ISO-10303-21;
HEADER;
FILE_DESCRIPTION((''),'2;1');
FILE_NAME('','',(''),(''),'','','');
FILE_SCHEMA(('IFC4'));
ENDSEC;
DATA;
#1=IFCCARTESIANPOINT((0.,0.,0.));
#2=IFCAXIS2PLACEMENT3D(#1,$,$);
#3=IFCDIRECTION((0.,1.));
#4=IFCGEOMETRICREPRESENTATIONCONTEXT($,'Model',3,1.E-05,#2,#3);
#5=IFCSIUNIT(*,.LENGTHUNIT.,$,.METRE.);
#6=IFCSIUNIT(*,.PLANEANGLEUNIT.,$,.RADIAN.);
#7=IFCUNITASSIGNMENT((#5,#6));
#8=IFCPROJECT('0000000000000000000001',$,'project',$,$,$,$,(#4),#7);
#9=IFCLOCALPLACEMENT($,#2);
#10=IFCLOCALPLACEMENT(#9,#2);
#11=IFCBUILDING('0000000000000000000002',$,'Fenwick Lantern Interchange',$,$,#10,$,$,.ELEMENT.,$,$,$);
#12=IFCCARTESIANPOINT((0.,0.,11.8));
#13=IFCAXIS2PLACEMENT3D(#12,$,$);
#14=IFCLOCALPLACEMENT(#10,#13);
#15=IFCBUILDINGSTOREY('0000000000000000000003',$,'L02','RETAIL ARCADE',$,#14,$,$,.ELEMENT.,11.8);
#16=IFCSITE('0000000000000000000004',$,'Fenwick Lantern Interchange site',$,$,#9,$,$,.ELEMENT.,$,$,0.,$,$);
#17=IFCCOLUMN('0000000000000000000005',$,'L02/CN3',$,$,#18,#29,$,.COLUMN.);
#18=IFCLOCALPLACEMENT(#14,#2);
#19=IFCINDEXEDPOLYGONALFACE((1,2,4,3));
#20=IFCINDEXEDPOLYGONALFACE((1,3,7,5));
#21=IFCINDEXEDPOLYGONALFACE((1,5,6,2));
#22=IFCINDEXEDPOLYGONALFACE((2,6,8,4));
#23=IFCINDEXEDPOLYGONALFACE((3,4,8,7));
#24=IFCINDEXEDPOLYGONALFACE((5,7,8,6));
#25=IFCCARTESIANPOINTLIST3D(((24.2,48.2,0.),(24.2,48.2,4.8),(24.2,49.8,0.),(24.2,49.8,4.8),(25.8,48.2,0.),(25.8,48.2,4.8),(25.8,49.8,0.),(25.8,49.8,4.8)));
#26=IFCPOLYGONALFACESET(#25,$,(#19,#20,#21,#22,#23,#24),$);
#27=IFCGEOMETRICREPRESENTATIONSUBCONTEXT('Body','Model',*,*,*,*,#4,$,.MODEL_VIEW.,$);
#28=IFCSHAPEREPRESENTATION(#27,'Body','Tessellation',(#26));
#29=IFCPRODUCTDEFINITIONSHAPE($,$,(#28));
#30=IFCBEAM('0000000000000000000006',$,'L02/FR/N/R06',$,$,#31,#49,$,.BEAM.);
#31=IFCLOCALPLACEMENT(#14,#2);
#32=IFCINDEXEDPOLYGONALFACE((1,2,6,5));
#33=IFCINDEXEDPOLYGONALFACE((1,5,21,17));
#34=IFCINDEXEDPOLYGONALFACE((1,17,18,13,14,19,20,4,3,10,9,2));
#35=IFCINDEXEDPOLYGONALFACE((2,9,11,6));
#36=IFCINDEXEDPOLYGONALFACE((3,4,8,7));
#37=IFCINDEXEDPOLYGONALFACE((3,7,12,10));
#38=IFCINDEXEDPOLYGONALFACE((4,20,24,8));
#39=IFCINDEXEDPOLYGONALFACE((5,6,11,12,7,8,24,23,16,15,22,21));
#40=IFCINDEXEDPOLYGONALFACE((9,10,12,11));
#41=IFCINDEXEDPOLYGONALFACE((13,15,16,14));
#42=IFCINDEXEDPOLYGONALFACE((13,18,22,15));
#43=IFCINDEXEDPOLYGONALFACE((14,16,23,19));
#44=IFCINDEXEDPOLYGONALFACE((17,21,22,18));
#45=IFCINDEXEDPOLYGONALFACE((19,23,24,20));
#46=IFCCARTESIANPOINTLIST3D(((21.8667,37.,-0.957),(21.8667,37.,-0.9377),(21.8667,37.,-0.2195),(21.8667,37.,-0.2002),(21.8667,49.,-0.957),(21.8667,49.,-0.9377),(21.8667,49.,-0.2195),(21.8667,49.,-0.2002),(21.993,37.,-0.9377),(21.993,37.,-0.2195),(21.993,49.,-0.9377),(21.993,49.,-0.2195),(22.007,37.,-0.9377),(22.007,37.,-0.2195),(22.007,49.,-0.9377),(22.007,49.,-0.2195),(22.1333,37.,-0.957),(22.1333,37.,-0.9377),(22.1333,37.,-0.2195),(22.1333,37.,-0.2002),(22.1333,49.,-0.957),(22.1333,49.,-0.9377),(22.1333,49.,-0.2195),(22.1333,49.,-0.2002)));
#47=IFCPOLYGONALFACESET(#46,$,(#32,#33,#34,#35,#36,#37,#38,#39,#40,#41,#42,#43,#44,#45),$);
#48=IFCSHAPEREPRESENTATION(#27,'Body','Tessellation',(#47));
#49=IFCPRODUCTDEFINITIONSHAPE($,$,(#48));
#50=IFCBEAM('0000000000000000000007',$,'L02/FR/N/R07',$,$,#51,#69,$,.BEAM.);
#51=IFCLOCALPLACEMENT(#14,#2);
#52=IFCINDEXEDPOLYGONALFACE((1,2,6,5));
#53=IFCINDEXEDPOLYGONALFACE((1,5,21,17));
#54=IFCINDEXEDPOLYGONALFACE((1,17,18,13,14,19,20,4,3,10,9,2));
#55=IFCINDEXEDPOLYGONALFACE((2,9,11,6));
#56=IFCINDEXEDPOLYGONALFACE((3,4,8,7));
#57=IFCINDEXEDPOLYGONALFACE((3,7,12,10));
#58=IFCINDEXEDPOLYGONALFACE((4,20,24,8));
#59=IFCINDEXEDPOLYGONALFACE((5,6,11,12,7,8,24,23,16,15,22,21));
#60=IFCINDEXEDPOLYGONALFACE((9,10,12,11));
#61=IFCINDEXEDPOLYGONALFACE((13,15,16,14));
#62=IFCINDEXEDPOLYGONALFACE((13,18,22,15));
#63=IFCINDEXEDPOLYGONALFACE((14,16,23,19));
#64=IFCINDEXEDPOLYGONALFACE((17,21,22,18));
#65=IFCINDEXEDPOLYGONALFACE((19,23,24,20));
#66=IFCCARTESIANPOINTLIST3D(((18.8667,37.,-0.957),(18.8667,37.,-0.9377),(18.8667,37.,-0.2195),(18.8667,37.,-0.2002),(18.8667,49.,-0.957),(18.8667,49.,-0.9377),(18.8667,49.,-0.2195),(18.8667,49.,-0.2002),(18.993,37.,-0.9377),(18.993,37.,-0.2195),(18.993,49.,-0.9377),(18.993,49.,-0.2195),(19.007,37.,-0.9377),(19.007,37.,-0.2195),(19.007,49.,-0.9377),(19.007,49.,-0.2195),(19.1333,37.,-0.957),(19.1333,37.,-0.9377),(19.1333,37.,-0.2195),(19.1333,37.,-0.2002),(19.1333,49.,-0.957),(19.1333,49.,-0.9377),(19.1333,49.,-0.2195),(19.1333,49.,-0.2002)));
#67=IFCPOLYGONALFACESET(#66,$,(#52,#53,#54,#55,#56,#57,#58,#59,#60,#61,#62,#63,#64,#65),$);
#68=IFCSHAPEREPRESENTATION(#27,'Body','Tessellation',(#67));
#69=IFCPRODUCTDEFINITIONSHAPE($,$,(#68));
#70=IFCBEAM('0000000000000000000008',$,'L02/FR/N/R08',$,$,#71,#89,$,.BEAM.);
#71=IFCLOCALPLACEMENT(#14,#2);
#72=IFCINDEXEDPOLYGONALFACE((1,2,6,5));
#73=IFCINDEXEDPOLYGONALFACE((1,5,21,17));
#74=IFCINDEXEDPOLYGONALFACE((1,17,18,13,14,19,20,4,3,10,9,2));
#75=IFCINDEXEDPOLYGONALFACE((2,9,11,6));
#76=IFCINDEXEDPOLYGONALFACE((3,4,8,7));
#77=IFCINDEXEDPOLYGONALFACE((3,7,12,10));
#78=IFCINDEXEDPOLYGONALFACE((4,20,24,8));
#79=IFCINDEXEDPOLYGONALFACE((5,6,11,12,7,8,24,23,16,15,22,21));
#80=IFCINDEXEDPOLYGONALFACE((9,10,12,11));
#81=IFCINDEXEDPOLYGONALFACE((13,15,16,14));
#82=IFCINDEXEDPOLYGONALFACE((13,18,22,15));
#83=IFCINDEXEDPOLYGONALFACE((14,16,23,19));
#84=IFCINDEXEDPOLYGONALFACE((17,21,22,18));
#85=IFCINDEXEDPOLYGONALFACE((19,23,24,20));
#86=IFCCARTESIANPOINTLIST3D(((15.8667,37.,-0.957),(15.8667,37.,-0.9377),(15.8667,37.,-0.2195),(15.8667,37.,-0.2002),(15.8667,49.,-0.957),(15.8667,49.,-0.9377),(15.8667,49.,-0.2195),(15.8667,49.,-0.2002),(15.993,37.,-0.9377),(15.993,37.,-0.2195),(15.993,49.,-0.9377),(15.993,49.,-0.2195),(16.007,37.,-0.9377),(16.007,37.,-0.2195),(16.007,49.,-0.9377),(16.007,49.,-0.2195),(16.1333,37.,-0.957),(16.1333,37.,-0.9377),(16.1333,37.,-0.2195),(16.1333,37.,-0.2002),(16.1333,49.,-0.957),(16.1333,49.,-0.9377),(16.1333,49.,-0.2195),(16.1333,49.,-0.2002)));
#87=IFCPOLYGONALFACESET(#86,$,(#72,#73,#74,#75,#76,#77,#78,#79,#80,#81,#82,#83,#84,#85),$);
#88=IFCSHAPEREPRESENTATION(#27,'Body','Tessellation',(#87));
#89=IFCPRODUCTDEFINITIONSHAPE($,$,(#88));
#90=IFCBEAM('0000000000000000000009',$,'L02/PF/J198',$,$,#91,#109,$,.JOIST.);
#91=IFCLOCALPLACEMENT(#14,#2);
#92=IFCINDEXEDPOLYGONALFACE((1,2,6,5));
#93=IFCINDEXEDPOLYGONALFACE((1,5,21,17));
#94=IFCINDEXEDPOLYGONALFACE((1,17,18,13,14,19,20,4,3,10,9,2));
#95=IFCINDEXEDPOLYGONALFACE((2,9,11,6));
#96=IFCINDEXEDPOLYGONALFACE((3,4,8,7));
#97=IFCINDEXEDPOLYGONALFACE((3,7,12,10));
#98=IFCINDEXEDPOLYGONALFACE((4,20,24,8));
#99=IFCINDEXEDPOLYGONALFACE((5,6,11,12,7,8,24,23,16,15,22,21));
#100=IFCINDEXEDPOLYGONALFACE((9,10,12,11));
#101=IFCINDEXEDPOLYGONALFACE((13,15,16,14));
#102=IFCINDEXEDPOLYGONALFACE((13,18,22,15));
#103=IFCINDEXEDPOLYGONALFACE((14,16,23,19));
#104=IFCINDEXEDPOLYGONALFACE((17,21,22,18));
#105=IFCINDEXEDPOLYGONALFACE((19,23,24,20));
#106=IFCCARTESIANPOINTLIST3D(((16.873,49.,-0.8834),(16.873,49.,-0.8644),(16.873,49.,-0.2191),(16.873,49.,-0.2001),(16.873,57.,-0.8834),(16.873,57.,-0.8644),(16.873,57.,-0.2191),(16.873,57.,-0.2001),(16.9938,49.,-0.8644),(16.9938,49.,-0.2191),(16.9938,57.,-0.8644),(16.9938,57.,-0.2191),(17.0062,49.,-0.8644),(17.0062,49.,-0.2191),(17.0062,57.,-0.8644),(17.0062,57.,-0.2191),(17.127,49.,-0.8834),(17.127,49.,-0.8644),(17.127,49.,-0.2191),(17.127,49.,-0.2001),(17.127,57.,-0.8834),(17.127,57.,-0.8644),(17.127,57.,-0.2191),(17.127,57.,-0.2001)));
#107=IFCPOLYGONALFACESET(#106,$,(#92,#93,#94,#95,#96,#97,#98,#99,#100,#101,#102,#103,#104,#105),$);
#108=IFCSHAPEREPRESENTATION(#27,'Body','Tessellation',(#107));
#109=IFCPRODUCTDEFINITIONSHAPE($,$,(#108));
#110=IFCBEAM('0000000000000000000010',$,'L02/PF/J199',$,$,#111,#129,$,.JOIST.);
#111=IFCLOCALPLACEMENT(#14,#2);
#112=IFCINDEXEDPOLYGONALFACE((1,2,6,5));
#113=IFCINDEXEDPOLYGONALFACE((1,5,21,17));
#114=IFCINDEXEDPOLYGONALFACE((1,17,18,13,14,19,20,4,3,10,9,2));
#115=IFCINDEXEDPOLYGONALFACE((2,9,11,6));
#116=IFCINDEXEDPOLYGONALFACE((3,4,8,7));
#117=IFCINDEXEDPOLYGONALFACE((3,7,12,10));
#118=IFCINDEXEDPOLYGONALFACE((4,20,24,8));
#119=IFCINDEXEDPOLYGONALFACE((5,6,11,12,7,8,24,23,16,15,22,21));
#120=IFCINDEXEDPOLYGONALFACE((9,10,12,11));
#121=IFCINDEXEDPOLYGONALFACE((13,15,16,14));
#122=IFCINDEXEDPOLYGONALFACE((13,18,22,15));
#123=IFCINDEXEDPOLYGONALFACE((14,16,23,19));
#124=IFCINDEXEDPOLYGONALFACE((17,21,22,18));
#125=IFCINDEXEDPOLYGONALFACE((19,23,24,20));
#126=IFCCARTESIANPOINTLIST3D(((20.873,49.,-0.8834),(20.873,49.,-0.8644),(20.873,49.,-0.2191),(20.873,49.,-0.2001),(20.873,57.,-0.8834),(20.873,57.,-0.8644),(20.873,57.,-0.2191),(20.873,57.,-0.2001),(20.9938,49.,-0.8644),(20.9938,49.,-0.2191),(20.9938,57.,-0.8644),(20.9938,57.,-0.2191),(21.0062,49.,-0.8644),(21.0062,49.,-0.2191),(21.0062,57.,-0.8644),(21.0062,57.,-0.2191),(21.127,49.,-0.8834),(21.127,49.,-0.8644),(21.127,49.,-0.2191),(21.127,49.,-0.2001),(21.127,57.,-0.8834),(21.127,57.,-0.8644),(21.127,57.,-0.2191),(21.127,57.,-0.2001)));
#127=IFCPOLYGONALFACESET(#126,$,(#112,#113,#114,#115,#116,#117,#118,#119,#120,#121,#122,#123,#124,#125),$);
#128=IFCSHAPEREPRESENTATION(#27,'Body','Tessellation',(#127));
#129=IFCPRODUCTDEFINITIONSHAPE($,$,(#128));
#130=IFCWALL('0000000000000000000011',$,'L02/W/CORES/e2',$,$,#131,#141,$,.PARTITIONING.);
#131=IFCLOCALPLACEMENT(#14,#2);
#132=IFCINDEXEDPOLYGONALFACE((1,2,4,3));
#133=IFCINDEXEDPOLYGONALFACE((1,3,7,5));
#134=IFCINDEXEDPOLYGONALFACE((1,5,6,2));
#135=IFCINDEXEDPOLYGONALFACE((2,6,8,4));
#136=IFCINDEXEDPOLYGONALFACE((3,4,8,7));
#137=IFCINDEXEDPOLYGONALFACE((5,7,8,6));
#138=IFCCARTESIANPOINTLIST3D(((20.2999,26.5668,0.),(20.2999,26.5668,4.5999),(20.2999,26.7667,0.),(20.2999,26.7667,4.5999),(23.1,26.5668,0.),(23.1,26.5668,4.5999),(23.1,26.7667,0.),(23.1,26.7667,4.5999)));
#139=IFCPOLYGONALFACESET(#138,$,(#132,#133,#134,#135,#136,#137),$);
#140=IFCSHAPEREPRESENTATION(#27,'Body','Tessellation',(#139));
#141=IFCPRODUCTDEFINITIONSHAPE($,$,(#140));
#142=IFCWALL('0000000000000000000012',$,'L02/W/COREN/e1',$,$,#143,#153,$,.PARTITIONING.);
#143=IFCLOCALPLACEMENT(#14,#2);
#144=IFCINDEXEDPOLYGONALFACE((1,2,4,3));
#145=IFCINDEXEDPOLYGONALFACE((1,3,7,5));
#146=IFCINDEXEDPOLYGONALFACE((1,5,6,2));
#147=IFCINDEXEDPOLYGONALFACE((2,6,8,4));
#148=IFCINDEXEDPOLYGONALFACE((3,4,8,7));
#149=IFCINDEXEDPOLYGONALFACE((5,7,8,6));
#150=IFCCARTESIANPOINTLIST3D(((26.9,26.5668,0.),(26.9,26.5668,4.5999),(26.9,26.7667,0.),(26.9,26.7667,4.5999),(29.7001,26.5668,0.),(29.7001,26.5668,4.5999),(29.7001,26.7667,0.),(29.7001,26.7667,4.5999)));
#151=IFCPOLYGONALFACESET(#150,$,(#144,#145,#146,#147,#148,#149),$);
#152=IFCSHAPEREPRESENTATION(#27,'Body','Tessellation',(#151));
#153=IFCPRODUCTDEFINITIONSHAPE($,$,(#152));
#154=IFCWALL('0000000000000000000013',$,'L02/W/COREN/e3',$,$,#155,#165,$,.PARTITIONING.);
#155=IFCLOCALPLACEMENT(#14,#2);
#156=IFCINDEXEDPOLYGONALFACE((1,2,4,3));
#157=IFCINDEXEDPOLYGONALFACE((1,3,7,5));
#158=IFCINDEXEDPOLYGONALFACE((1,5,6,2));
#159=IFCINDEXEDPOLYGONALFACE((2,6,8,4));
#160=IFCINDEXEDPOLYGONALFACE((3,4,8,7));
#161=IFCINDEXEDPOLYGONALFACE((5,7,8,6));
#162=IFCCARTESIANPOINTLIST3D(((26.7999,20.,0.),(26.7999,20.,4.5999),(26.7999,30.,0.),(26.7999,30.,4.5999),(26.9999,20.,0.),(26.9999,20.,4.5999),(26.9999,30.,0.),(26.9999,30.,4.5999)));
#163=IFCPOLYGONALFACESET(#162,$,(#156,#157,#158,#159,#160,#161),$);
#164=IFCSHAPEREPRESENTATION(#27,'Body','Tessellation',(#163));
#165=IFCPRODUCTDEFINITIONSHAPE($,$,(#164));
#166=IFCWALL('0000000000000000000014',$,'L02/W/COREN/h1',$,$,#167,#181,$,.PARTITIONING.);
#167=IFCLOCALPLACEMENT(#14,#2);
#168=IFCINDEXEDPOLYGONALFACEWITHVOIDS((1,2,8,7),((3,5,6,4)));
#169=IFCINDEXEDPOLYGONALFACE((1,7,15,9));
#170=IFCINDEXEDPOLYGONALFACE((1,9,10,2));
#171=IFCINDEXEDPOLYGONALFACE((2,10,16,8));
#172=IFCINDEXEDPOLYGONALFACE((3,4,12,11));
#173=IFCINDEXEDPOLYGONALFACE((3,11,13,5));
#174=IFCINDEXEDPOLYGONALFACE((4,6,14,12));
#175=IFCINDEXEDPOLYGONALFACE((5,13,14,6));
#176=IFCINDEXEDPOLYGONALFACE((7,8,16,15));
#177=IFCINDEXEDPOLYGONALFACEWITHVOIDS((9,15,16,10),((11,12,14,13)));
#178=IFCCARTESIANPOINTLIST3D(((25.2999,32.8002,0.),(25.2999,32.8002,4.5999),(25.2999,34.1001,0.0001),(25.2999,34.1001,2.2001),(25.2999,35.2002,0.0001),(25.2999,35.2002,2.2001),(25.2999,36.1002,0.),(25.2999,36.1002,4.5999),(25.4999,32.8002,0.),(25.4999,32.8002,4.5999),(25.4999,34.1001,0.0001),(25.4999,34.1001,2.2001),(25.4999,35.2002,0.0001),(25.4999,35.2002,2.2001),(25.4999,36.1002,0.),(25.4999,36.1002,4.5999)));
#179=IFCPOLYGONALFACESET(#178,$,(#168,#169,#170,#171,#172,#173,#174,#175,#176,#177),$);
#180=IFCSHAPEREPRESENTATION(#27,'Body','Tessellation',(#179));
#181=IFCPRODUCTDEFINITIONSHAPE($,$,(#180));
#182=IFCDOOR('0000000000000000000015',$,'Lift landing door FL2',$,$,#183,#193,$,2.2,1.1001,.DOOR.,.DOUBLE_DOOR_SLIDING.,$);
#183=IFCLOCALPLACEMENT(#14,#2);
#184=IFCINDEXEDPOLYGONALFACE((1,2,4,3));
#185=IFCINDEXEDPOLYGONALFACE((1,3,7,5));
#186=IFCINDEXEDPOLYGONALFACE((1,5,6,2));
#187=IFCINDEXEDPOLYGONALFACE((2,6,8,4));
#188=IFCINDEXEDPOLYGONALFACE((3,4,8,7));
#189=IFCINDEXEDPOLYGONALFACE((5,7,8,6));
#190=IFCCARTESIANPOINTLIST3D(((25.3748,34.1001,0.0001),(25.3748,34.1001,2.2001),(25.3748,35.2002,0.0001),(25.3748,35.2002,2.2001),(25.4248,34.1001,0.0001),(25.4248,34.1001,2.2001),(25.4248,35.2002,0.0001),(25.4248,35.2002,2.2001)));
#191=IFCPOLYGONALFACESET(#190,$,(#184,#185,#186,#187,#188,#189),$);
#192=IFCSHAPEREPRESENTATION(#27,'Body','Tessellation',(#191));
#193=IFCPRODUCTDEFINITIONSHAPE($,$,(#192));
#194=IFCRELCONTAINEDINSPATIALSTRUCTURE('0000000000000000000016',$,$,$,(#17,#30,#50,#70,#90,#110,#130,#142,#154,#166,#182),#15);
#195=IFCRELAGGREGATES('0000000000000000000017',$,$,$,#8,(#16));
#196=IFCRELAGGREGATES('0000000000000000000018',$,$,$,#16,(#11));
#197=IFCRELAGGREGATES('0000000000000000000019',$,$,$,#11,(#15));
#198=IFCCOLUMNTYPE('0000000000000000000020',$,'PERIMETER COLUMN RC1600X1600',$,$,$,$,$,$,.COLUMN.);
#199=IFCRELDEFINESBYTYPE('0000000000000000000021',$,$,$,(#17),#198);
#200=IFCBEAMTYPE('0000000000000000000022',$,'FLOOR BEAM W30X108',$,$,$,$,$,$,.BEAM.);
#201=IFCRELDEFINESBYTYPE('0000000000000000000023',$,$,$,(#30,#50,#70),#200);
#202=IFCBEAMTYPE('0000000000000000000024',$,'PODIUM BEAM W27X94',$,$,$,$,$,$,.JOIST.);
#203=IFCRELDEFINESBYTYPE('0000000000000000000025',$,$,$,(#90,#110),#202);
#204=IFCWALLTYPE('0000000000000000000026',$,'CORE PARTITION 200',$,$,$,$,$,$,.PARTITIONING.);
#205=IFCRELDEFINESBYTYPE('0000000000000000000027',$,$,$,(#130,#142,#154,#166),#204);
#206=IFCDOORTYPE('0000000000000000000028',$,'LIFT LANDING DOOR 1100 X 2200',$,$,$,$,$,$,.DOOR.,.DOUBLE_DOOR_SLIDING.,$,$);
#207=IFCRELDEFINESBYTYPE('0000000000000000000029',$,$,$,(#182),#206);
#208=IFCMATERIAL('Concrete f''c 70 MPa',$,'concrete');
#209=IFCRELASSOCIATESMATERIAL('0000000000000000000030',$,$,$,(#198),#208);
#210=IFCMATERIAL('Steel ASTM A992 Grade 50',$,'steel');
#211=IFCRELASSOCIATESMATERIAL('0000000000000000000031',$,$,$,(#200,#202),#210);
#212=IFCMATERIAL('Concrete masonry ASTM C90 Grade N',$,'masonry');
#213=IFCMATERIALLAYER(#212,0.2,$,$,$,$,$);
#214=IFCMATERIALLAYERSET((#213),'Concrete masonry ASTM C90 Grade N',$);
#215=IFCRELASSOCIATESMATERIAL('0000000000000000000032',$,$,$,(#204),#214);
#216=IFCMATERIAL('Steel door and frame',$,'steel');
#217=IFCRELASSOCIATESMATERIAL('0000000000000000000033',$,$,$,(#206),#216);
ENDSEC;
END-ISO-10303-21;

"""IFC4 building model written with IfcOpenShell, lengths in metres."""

from ifc_helpers import new_model, si_unit, direction, frame, frame_2d, origin, origin_2d, place, context, subcontext, project, spatial, rectangle, i_section, extrude, material, layer, layer_set, material_profile, profile_set, type_object, element, fill, save


model = new_model("IFC4")

# Units and contexts
model_context = context("Model", 3, precision=1e-05, world=origin(), true_north=direction((0.0, 1.0)))
body_context = subcontext(model_context, "Body", "Model", "MODEL_VIEW")
ifc_project = project(units=[si_unit("LENGTHUNIT", "METRE"), si_unit("PLANEANGLEUNIT", "RADIAN")], contexts=[model_context])

# Site, building, storey
site_placement = place(None, origin())
site = spatial("IfcSite", under=ifc_project, at=site_placement, Name="Fenwick Lantern Interchange site", CompositionType="ELEMENT", RefElevation=0.0)
building_placement = place(site_placement, origin())
building = spatial("IfcBuilding", under=site, at=building_placement, Name="Fenwick Lantern Interchange", CompositionType="ELEMENT")
storey_placement = place(building_placement, frame((0.0, 0.0, 11.8)))
storey = spatial("IfcBuildingStorey", under=building, at=storey_placement, Name="L02", Description="RETAIL ARCADE", CompositionType="ELEMENT", Elevation=11.8)

# Column
ifc_material_1 = material(Name="Concrete f'c 70 MPa", Category="concrete")
ifc_material_profile_1 = material_profile(ifc_material_1, rectangle(XDim=1.6001, YDim=1.6001, at=origin_2d()), Name="RC1600X1600")
ifc_profile_set_1 = profile_set([ifc_material_profile_1], Name="Concrete f'c 70 MPa")
column_type = type_object("IfcColumnType", Name="PERIMETER COLUMN RC1600X1600", PredefinedType="COLUMN", material=ifc_profile_set_1)
column_placement = place(storey_placement, frame((25.0, 49.0, 0.0), z_axis=(0.0, 0.0, 1.0), x_axis=(1.0, 0.0, 0.0)))
element("IfcColumn", 1, at=column_placement, inside=storey, type_object=column_type, Name="L02/CN3", PredefinedType="COLUMN", context=body_context, shape_type="SweptSolid", body=[
    extrude(rectangle(XDim=1.6001, YDim=1.6001, at=origin_2d()), origin(), (0.0, 0.0, 1.0), 4.8),
])

# Beams
ifc_material_2 = material(Name="Steel ASTM A992 Grade 50", Category="steel")
ifc_material_profile_2 = material_profile(ifc_material_2, i_section(OverallWidth=0.2666, OverallDepth=0.7568, WebThickness=0.0139, FlangeThickness=0.0193, at=origin_2d()), Name="W30X108")
ifc_profile_set_2 = profile_set([ifc_material_profile_2], Name="Steel ASTM A992 Grade 50")
beam_type_1 = type_object("IfcBeamType", Name="FLOOR BEAM W30X108", PredefinedType="BEAM", material=ifc_profile_set_2)
for number, where, z_axis, x_axis, name in (
    (2, (22.0, 49.0, -0.5786), (0.0, -1.0, 0.0), (1.0, 0.0, 0.0), "L02/FR/N/R06"),
    (3, (19.0, 49.0, -0.5786), (0.0, -1.0, 0.0), (1.0, 0.0, 0.0), "L02/FR/N/R07"),
    (4, (16.0, 49.0, -0.5786), (0.0, -1.0, 0.0), (1.0, 0.0, 0.0), "L02/FR/N/R08"),
):
    element("IfcBeam", number, at=place(storey_placement, frame(where, z_axis=z_axis, x_axis=x_axis)), inside=storey, type_object=beam_type_1, Name=name, PredefinedType="BEAM", context=body_context, shape_type="SweptSolid", body=[
        extrude(i_section(OverallWidth=0.2666, OverallDepth=0.7568, WebThickness=0.0139, FlangeThickness=0.0193, at=origin_2d()), origin(), (0.0, 0.0, 1.0), 12.0),
    ])
ifc_material_profile_3 = material_profile(ifc_material_2, i_section(OverallWidth=0.2539, OverallDepth=0.6833, WebThickness=0.0125, FlangeThickness=0.019, at=origin_2d()), Name="W27X94")
ifc_profile_set_3 = profile_set([ifc_material_profile_3], Name="Steel ASTM A992 Grade 50")
beam_type_2 = type_object("IfcBeamType", Name="PODIUM BEAM W27X94", PredefinedType="JOIST", material=ifc_profile_set_3)
for number, where, z_axis, x_axis, name in (
    (5, (17.0, 49.0, -0.5417), (0.0, 1.0, 0.0), (-1.0, 0.0, 0.0), "L02/PF/J198"),
    (6, (21.0, 49.0, -0.5417), (0.0, 1.0, 0.0), (-1.0, 0.0, 0.0), "L02/PF/J199"),
):
    element("IfcBeam", number, at=place(storey_placement, frame(where, z_axis=z_axis, x_axis=x_axis)), inside=storey, type_object=beam_type_2, Name=name, PredefinedType="JOIST", context=body_context, shape_type="SweptSolid", body=[
        extrude(i_section(OverallWidth=0.2539, OverallDepth=0.6833, WebThickness=0.0125, FlangeThickness=0.019, at=origin_2d()), origin(), (0.0, 0.0, 1.0), 8.0),
    ])

# Walls
ifc_material_3 = material(Name="Concrete masonry ASTM C90 Grade N", Category="masonry")
ifc_layer_1 = layer(ifc_material_3, 0.2)
ifc_layer_set_1 = layer_set([ifc_layer_1], Name="Concrete masonry ASTM C90 Grade N")
wall_type_1 = type_object("IfcWallType", Name="CORE PARTITION 200", PredefinedType="PARTITIONING", material=ifc_layer_set_1)
for number, where, z_axis, x_axis, name in (
    (7, (20.3, 26.6667, 0.0), (0.0, 0.0, 1.0), (1.0, 0.0, 0.0), "L02/W/CORES/e2"),
    (8, (29.7, 26.6667, 0.0), (0.0, 0.0, 1.0), (-1.0, 0.0, 0.0), "L02/W/COREN/e1"),
):
    element("IfcWall", number, at=place(storey_placement, frame(where, z_axis=z_axis, x_axis=x_axis)), inside=storey, type_object=wall_type_1, Name=name, PredefinedType="PARTITIONING", context=body_context, shape_type="SweptSolid", body=[
        extrude(rectangle(XDim=2.8, YDim=0.2, at=frame_2d((1.3999, 0.0))), origin(), (0.0, 0.0, 1.0), 4.5999),
    ])
wall_1_placement = place(storey_placement, frame((26.8999, 30.0, 0.0), z_axis=(0.0, 0.0, 1.0), x_axis=(0.0, -1.0, 0.0)))
element("IfcWall", 9, at=wall_1_placement, inside=storey, type_object=wall_type_1, Name="L02/W/COREN/e3", PredefinedType="PARTITIONING", context=body_context, shape_type="SweptSolid", body=[
    extrude(rectangle(XDim=10.0, YDim=0.2, at=frame_2d((5.0, 0.0))), origin(), (0.0, 0.0, 1.0), 4.5999),
])

# Wall, opening, door
wall_2_placement = place(storey_placement, frame((25.3999, 36.1001, 0.0), z_axis=(0.0, 0.0, 1.0), x_axis=(0.0, -1.0, 0.0)))
wall_2 = element("IfcWall", 10, at=wall_2_placement, inside=storey, type_object=wall_type_1, Name="L02/W/COREN/h1", PredefinedType="PARTITIONING", context=body_context, shape_type="SweptSolid", body=[
    extrude(rectangle(XDim=3.3, YDim=0.2, at=frame_2d((1.6499, 0.0))), origin(), (0.0, 0.0, 1.0), 4.5999),
])
opening_1_placement = place(wall_2_placement, frame((0.8999, 0.0, 0.0)))
opening_1 = element("IfcOpeningElement", 11, at=opening_1_placement, cuts=wall_2, PredefinedType="OPENING", context=body_context, shape_type="SweptSolid", body=[
    extrude(rectangle(XDim=1.1001, YDim=2.2, at=frame_2d((0.55, 1.1001))), frame((0.0, 0.1099, 0.0), z_axis=(0.0, -1.0, 0.0), x_axis=(1.0, 0.0, 0.0)), (0.0, 0.0, 1.0), 0.22),
])
ifc_material_4 = material(Name="Steel door and frame", Category="steel")
door_type_1 = type_object("IfcDoorType", Name="LIFT LANDING DOOR 1100 X 2200", OperationType="DOUBLE_DOOR_SLIDING", PredefinedType="DOOR", material=ifc_material_4)
door_1_placement = place(opening_1_placement, origin())
door_1 = element("IfcDoor", 12, at=door_1_placement, inside=storey, type_object=door_type_1, Name="Lift landing door FL2", OperationType="DOUBLE_DOOR_SLIDING", OverallHeight=2.2, OverallWidth=1.1001, PredefinedType="DOOR", context=body_context, shape_type="SweptSolid", body=[
    extrude(rectangle(XDim=1.1001, YDim=2.2, at=frame_2d((0.55, 1.1001))), frame((0.0, 0.0249, 0.0), z_axis=(0.0, -1.0, 0.0), x_axis=(1.0, 0.0, 0.0)), (0.0, 0.0, 1.0), 0.05),
])
fill(opening_1, door_1)

save(model, "model.ifc")
